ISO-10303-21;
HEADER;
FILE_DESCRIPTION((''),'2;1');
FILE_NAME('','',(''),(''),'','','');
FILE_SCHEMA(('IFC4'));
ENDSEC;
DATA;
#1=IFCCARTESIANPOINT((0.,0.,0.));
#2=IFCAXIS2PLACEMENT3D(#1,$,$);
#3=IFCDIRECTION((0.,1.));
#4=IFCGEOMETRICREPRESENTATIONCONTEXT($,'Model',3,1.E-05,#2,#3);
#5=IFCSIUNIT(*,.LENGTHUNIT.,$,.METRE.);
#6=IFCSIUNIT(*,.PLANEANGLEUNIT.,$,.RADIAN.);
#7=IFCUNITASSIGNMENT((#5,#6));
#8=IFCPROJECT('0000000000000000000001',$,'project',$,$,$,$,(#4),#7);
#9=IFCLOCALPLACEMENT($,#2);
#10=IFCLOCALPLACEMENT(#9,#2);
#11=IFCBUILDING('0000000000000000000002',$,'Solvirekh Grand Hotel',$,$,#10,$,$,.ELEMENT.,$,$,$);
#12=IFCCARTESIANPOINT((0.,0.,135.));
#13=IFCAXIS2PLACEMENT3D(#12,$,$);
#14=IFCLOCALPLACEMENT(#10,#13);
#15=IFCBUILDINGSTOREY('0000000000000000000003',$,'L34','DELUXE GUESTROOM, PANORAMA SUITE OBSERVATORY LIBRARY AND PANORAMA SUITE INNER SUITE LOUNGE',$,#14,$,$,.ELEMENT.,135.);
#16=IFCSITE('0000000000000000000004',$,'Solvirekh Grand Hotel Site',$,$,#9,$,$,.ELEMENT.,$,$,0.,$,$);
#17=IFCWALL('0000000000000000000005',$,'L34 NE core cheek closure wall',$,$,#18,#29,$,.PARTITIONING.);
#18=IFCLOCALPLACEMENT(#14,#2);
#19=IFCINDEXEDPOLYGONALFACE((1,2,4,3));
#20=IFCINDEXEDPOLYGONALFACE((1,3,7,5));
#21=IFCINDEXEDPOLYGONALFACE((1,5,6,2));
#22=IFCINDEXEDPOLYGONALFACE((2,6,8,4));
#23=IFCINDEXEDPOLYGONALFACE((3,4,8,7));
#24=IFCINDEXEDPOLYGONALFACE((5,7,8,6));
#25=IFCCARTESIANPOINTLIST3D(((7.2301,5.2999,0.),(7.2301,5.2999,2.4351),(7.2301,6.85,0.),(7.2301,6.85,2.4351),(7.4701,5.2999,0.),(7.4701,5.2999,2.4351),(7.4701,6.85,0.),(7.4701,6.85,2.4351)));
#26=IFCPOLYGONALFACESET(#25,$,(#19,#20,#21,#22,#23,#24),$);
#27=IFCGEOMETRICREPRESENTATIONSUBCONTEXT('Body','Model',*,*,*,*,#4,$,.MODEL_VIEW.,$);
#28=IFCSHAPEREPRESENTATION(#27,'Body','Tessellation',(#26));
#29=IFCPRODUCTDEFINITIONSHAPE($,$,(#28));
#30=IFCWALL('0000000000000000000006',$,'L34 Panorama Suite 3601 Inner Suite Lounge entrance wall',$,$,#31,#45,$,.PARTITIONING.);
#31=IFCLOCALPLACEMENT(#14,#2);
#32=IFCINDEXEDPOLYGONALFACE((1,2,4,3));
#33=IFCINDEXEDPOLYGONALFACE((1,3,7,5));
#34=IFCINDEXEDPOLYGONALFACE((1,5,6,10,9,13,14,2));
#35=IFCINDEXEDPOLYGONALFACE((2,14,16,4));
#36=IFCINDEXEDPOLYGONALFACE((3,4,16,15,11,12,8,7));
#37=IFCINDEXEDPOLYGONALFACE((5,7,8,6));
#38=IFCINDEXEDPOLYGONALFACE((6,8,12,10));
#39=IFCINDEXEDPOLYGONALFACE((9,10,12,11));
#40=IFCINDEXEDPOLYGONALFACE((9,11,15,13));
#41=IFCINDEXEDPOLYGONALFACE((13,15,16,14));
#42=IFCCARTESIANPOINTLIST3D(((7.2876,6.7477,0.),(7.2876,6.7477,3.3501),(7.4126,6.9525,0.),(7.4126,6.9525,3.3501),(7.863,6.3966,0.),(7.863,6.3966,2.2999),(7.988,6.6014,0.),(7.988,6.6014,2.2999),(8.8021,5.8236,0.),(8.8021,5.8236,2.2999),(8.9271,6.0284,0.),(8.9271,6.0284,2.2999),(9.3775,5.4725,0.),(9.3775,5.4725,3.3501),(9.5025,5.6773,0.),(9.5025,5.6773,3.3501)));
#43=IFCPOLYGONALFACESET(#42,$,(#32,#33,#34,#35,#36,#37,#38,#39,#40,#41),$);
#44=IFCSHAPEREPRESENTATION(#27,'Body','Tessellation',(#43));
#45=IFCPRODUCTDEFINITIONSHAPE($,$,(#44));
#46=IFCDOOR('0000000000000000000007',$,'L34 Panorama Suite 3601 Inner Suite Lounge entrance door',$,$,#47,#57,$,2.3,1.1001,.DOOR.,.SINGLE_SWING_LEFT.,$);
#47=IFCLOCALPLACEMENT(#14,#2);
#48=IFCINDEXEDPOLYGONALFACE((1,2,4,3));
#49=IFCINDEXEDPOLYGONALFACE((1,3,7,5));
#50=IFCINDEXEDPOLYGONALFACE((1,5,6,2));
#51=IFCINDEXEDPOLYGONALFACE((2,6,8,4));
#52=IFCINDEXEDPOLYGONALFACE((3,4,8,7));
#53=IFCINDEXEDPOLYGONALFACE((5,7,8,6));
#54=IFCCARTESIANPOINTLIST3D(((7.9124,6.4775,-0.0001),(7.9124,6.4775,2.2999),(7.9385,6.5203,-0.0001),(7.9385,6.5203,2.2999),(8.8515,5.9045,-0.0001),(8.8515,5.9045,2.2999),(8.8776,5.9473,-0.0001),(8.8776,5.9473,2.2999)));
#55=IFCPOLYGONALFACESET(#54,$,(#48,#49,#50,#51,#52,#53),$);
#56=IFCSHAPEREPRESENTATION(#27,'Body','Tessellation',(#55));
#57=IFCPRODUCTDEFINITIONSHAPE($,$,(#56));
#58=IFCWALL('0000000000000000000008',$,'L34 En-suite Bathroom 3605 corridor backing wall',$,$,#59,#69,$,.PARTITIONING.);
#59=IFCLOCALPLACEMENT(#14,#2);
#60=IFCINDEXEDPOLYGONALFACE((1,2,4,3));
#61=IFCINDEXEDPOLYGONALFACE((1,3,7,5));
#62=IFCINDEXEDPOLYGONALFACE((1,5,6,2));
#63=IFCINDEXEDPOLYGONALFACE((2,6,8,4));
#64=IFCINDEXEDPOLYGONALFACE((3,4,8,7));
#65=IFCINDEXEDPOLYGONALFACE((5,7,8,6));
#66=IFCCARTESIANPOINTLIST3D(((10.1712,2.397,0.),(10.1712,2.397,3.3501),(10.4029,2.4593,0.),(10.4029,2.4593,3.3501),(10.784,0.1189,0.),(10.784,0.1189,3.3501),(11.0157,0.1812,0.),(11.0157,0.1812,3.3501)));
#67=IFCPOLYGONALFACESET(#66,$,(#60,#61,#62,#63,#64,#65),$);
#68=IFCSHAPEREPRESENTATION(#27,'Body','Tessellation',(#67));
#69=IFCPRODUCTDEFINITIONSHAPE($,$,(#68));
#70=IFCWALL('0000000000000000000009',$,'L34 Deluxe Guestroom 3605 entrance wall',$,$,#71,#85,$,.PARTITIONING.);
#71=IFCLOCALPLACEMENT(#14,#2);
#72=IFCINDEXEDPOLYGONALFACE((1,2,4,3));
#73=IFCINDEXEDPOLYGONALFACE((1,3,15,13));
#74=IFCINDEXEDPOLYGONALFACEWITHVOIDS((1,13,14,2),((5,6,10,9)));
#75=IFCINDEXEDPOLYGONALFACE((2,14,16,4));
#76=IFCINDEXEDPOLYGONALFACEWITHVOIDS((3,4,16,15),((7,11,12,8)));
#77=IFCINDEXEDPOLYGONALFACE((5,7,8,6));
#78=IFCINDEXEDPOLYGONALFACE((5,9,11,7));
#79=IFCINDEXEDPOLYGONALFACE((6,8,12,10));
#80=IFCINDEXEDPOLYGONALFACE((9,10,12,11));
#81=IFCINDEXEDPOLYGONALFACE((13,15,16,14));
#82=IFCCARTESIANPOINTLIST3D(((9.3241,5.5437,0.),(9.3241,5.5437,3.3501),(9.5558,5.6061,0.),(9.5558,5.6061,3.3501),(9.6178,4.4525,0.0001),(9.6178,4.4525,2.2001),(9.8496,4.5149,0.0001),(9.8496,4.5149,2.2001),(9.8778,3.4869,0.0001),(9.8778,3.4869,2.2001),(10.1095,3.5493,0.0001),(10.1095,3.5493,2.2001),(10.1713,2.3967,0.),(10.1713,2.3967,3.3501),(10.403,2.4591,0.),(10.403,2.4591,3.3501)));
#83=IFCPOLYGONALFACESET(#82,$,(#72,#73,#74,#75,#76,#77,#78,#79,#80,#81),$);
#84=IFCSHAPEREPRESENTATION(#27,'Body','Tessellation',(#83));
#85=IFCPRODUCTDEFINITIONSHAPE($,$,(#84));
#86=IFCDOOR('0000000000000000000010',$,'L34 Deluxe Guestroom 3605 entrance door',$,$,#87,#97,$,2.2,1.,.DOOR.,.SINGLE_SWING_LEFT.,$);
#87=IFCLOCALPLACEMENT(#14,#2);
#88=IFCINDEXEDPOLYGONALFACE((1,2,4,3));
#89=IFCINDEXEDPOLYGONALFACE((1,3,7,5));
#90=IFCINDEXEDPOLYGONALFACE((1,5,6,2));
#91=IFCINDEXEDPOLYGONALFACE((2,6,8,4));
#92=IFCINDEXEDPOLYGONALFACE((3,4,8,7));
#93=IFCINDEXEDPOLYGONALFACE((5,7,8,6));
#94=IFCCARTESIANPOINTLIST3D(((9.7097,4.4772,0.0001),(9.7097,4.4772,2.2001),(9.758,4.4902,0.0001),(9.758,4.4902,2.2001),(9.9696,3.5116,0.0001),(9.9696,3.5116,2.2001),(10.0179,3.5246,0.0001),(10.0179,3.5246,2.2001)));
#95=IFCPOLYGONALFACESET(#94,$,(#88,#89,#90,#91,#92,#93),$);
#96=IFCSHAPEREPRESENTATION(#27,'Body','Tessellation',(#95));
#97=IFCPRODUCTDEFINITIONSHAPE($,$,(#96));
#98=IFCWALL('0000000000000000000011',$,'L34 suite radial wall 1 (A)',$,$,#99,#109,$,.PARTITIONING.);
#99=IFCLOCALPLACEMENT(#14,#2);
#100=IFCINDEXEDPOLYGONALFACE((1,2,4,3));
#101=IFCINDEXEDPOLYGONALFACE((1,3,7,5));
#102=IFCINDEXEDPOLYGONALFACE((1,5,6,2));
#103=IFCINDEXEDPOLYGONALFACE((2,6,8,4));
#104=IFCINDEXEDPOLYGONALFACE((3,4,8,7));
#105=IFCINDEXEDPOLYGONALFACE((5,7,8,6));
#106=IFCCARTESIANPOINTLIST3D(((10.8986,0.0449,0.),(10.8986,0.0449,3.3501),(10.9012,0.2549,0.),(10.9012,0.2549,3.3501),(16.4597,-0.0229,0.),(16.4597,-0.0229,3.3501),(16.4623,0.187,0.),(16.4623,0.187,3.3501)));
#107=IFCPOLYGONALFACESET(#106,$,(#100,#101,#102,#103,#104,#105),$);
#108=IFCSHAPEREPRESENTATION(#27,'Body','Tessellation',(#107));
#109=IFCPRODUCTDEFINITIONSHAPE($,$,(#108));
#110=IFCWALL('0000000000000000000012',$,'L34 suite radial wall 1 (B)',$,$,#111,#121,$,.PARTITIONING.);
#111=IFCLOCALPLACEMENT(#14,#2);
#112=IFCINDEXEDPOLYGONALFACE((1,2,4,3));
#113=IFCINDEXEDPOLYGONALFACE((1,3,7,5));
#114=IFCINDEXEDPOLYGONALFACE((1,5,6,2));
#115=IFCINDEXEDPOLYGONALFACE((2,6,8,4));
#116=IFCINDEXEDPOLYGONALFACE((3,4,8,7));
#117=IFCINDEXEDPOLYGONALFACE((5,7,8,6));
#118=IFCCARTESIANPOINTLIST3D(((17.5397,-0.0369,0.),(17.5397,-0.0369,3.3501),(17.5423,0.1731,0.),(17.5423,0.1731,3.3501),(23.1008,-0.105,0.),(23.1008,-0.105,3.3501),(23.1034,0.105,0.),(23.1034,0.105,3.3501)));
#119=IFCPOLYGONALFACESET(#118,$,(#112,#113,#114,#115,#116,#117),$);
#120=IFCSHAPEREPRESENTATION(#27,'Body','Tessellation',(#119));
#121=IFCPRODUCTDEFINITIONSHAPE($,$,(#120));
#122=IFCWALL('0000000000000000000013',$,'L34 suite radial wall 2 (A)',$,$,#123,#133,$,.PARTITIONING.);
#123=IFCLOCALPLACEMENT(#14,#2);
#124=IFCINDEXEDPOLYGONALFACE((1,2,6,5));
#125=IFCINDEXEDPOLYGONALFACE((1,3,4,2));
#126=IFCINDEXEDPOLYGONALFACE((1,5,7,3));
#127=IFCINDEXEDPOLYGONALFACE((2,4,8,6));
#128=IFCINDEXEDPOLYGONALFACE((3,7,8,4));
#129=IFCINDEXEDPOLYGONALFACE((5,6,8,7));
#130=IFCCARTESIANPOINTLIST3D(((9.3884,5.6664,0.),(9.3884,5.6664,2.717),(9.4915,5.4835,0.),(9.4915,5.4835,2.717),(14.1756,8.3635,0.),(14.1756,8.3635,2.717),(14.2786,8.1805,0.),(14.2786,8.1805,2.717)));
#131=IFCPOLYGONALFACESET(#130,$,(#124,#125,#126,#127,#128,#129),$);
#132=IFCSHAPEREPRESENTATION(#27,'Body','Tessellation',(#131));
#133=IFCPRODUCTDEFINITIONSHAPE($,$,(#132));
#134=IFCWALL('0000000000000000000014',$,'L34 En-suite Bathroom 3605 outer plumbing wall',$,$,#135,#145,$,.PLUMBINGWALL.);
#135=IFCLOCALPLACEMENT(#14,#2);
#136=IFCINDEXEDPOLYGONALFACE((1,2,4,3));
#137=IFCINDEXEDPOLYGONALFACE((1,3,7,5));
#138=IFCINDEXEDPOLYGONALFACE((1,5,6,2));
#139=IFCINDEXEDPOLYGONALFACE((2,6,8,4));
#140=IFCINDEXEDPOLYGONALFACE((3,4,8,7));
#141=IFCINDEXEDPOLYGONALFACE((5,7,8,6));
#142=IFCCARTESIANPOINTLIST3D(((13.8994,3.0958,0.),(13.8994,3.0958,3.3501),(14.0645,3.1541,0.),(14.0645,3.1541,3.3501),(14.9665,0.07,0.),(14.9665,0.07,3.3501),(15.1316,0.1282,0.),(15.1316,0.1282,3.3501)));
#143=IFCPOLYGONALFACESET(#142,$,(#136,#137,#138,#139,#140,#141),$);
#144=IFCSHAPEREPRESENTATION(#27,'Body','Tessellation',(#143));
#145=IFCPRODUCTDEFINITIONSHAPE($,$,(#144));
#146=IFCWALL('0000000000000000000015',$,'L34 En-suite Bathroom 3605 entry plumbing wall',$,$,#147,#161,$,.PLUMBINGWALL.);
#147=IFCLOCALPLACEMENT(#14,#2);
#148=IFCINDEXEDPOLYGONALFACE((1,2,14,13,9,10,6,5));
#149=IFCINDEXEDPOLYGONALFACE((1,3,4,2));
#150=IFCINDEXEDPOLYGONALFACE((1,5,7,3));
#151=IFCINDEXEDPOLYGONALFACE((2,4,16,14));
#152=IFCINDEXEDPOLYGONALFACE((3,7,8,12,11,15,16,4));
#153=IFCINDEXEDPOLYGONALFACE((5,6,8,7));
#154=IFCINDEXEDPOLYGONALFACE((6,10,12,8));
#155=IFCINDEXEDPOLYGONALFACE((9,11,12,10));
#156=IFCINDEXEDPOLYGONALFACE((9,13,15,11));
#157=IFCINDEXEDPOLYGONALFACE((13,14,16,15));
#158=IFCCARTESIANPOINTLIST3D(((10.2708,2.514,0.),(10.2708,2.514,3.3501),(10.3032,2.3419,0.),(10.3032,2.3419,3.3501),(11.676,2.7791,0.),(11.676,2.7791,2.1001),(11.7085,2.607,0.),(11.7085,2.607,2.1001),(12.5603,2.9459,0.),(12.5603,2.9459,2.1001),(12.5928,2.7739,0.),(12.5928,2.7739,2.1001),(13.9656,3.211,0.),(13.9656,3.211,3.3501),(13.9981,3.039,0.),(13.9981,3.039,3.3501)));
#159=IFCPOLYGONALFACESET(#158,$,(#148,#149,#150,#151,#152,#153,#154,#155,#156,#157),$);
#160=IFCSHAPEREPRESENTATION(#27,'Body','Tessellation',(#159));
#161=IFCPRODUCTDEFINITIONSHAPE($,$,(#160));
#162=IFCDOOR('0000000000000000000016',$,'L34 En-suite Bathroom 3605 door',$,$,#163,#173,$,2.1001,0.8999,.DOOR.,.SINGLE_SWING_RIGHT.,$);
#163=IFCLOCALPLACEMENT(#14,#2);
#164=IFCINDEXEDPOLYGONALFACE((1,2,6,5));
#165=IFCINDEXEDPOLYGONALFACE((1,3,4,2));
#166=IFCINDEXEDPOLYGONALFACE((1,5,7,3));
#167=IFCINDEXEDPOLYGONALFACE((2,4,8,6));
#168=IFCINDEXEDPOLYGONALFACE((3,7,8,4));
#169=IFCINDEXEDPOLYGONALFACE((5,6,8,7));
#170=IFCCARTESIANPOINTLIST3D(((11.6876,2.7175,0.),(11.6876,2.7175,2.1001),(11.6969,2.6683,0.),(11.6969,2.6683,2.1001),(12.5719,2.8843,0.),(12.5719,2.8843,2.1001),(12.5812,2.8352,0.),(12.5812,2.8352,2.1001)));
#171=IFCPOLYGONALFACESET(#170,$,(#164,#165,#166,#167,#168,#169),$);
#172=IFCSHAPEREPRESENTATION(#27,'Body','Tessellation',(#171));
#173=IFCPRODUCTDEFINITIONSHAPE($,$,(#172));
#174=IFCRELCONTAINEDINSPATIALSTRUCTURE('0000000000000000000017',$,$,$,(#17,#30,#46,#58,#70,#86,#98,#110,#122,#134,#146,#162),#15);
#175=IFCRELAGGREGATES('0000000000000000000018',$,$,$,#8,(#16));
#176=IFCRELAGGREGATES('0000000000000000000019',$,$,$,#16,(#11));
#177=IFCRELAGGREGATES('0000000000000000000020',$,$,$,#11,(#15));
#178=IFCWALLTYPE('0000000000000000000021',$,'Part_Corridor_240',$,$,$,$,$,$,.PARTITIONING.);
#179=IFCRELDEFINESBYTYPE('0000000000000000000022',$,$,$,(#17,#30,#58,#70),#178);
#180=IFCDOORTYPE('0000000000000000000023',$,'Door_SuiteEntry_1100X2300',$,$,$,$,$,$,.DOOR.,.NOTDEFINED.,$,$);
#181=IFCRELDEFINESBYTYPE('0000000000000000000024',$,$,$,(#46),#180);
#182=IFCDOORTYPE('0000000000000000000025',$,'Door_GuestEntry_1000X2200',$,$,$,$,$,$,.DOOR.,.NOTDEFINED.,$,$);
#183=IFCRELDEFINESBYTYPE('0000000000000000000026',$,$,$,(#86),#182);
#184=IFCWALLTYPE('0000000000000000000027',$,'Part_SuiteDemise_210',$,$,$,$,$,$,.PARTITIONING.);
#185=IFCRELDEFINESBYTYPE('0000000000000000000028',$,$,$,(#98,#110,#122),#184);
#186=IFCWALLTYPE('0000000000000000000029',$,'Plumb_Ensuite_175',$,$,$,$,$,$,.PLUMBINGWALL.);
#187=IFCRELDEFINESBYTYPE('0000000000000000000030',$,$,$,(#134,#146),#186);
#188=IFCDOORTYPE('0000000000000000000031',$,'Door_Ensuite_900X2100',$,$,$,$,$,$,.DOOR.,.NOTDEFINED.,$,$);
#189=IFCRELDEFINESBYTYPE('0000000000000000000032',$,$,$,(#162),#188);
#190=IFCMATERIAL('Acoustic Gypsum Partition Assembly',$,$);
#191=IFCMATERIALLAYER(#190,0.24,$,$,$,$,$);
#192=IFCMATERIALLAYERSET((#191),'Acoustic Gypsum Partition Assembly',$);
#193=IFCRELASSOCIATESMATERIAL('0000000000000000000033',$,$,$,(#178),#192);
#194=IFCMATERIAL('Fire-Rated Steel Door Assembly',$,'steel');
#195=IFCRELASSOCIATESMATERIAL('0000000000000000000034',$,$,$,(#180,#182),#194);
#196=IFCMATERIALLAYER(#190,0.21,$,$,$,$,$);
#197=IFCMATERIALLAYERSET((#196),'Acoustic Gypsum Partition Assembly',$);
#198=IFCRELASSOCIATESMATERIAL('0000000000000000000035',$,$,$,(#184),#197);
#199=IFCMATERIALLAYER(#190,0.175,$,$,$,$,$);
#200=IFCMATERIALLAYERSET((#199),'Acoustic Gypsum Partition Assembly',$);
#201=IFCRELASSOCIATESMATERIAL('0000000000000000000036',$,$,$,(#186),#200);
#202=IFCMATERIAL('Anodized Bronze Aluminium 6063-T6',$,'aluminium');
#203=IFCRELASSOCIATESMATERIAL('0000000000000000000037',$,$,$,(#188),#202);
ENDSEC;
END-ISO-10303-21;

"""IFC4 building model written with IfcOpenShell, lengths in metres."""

from ifc_helpers import new_model, si_unit, direction, frame, frame_2d, origin, place, context, subcontext, project, spatial, rectangle, extrude, material, layer, layer_set, type_object, element, fill, save


model = new_model("IFC4")

# Units and contexts
model_context = context("Model", 3, precision=1e-05, world=origin(), true_north=direction((0.0, 1.0)))
body_context = subcontext(model_context, "Body", "Model", "MODEL_VIEW")
ifc_project = project(units=[si_unit("LENGTHUNIT", "METRE"), si_unit("PLANEANGLEUNIT", "RADIAN")], contexts=[model_context])

# Site, building, storey
site_placement = place(None, origin())
site = spatial("IfcSite", under=ifc_project, at=site_placement, Name="Solvirekh Grand Hotel Site", CompositionType="ELEMENT", RefElevation=0.0)
building_placement = place(site_placement, origin())
building = spatial("IfcBuilding", under=site, at=building_placement, Name="Solvirekh Grand Hotel", CompositionType="ELEMENT")
storey_placement = place(building_placement, frame((0.0, 0.0, 135.0)))
storey = spatial("IfcBuildingStorey", under=building, at=storey_placement, Name="L34", Description="DELUXE GUESTROOM, PANORAMA SUITE OBSERVATORY LIBRARY AND PANORAMA SUITE INNER SUITE LOUNGE", CompositionType="ELEMENT", Elevation=135.0)

# Shared definitions
ifc_material_1 = material(Name="Anodized Bronze Aluminium 6063-T6", Category="aluminium")

# Wall
ifc_material_2 = material(Name="Acoustic Gypsum Partition Assembly")
ifc_layer_1 = layer(ifc_material_2, 0.24)
ifc_layer_set_1 = layer_set([ifc_layer_1], Name="Acoustic Gypsum Partition Assembly")
wall_type_1 = type_object("IfcWallType", Name="Part_Corridor_240", PredefinedType="PARTITIONING", material=ifc_layer_set_1)
wall_1_placement = place(storey_placement, frame((7.3501, 5.3, 0.0), z_axis=(0.0, 0.0, 1.0), x_axis=(0.0, 1.0, 0.0)))
element("IfcWall", 1, at=wall_1_placement, inside=storey, type_object=wall_type_1, Name="L34 NE core cheek closure wall", PredefinedType="PARTITIONING", context=body_context, shape_type="SweptSolid", body=[
    extrude(rectangle(XDim=1.55, YDim=0.24, at=frame_2d((0.7749, 0.0))), origin(), (0.0, 0.0, 1.0), 2.4351),
])

# Wall, opening, door
wall_2_placement = place(storey_placement, frame((7.3501, 6.8501, 0.0), z_axis=(0.0, 0.0, 1.0), x_axis=(0.853642, -0.520861, 0.0)))
wall_2 = element("IfcWall", 2, at=wall_2_placement, inside=storey, type_object=wall_type_1, Name="L34 Panorama Suite 3601 Inner Suite Lounge entrance wall", PredefinedType="PARTITIONING", context=body_context, shape_type="SweptSolid", body=[
    extrude(rectangle(XDim=2.4482, YDim=0.24, at=frame_2d((1.2241, 0.0))), origin(), (0.0, 0.0, 1.0), 3.3501),
])
opening_1_placement = place(wall_2_placement, frame((0.6741, 0.0, 0.0)))
opening_1 = element("IfcOpeningElement", 3, at=opening_1_placement, cuts=wall_2, PredefinedType="OPENING", context=body_context, shape_type="SweptSolid", body=[
    extrude(rectangle(XDim=1.1001, YDim=2.3, at=frame_2d((0.55, 1.1499))), frame((0.0, 0.1299, 0.0), z_axis=(0.0, -1.0, 0.0), x_axis=(1.0, 0.0, 0.0)), (0.0, 0.0, 1.0), 0.26),
])
ifc_material_3 = material(Name="Fire-Rated Steel Door Assembly", Category="steel")
door_type_1 = type_object("IfcDoorType", Name="Door_SuiteEntry_1100X2300", OperationType="NOTDEFINED", PredefinedType="DOOR", material=ifc_material_3)
door_1_placement = place(opening_1_placement, origin())
door_1 = element("IfcDoor", 4, at=door_1_placement, inside=storey, type_object=door_type_1, Name="L34 Panorama Suite 3601 Inner Suite Lounge entrance door", OperationType="SINGLE_SWING_LEFT", OverallHeight=2.3, OverallWidth=1.1001, PredefinedType="DOOR", context=body_context, shape_type="SweptSolid", body=[
    extrude(rectangle(XDim=1.1001, YDim=2.3, at=frame_2d((0.55, 1.1499))), frame((0.0, 0.0249, 0.0), z_axis=(0.0, -1.0, 0.0), x_axis=(1.0, 0.0, 0.0)), (0.0, 0.0, 1.0), 0.05),
])
fill(opening_1, door_1)

# Wall
wall_3_placement = place(storey_placement, frame((10.8999, 0.1499, 0.0), z_axis=(0.0, 0.0, 1.0), x_axis=(-0.259762, 0.965673, 0.0)))
element("IfcWall", 5, at=wall_3_placement, inside=storey, type_object=wall_type_1, Name="L34 En-suite Bathroom 3605 corridor backing wall", PredefinedType="PARTITIONING", context=body_context, shape_type="SweptSolid", body=[
    extrude(rectangle(XDim=2.3591, YDim=0.24, at=frame_2d((1.1797, 0.0))), origin(), (0.0, 0.0, 1.0), 3.3501),
])

# Wall, opening, door
wall_4_placement = place(storey_placement, frame((10.2871, 2.428, 0.0), z_axis=(0.0, 0.0, 1.0), x_axis=(-0.259947, 0.965623, 0.0)))
wall_4 = element("IfcWall", 6, at=wall_4_placement, inside=storey, type_object=wall_type_1, Name="L34 Deluxe Guestroom 3605 entrance wall", PredefinedType="PARTITIONING", context=body_context, shape_type="SweptSolid", body=[
    extrude(rectangle(XDim=3.259, YDim=0.24, at=frame_2d((1.6294, 0.0))), origin(), (0.0, 0.0, 1.0), 3.3501),
])
opening_2_placement = place(wall_4_placement, frame((1.1289, 0.0, 0.0)))
opening_2 = element("IfcOpeningElement", 7, at=opening_2_placement, cuts=wall_4, PredefinedType="OPENING", context=body_context, shape_type="SweptSolid", body=[
    extrude(rectangle(XDim=1.0, YDim=2.2, at=frame_2d((0.5, 1.1001))), frame((0.0, 0.1299, 0.0), z_axis=(0.0, -1.0, 0.0), x_axis=(1.0, 0.0, 0.0)), (0.0, 0.0, 1.0), 0.26),
])
door_type_2 = type_object("IfcDoorType", Name="Door_GuestEntry_1000X2200", OperationType="NOTDEFINED", PredefinedType="DOOR", material=ifc_material_3)
door_2_placement = place(opening_2_placement, origin())
door_2 = element("IfcDoor", 8, at=door_2_placement, inside=storey, type_object=door_type_2, Name="L34 Deluxe Guestroom 3605 entrance door", OperationType="SINGLE_SWING_LEFT", OverallHeight=2.2, OverallWidth=1.0, PredefinedType="DOOR", context=body_context, shape_type="SweptSolid", body=[
    extrude(rectangle(XDim=1.0, YDim=2.2, at=frame_2d((0.5, 1.1001))), frame((0.0, 0.0249, 0.0), z_axis=(0.0, -1.0, 0.0), x_axis=(1.0, 0.0, 0.0)), (0.0, 0.0, 1.0), 0.05),
])
fill(opening_2, door_2)

# Walls
ifc_layer_2 = layer(ifc_material_2, 0.21)
ifc_layer_set_2 = layer_set([ifc_layer_2], Name="Acoustic Gypsum Partition Assembly")
wall_type_2 = type_object("IfcWallType", Name="Part_SuiteDemise_210", PredefinedType="PARTITIONING", material=ifc_layer_set_2)
for number, where, z_axis, x_axis, name in (
    (9, (10.8999, 0.1499, 0.0), (0.0, 0.0, 1.0), (0.999926, -0.012204, 0.0), "L34 suite radial wall 1 (A)"),
    (10, (17.541, 0.0681, 0.0), (0.0, 0.0, 1.0), (0.999925, -0.012248, 0.0), "L34 suite radial wall 1 (B)"),
):
    element("IfcWall", number, at=place(storey_placement, frame(where, z_axis=z_axis, x_axis=x_axis)), inside=storey, type_object=wall_type_2, Name=name, PredefinedType="PARTITIONING", context=body_context, shape_type="SweptSolid", body=[
        extrude(rectangle(XDim=5.5615, YDim=0.21, at=frame_2d((2.7808, 0.0))), origin(), (0.0, 0.0, 1.0), 3.3501),
    ])
wall_5_placement = place(storey_placement, frame((9.4399, 5.575, 0.0), z_axis=(0.0, 0.0, 1.0), x_axis=(0.871243, 0.490852, 0.0)))
element("IfcWall", 11, at=wall_5_placement, inside=storey, type_object=wall_type_2, Name="L34 suite radial wall 2 (A)", PredefinedType="PARTITIONING", context=body_context, shape_type="SweptSolid", body=[
    extrude(rectangle(XDim=5.4946, YDim=0.21, at=frame_2d((2.7473, 0.0))), origin(), (0.0, 0.0, 1.0), 2.717),
])
ifc_layer_3 = layer(ifc_material_2, 0.175)
ifc_layer_set_3 = layer_set([ifc_layer_3], Name="Acoustic Gypsum Partition Assembly")
wall_type_3 = type_object("IfcWallType", Name="Plumb_Ensuite_175", PredefinedType="PLUMBINGWALL", material=ifc_layer_set_3)
wall_6_placement = place(storey_placement, frame((15.0491, 0.0991, 0.0), z_axis=(0.0, 0.0, 1.0), x_axis=(-0.332593, 0.94307, 0.0)))
element("IfcWall", 12, at=wall_6_placement, inside=storey, type_object=wall_type_3, Name="L34 En-suite Bathroom 3605 outer plumbing wall", PredefinedType="PLUMBINGWALL", context=body_context, shape_type="SweptSolid", body=[
    extrude(rectangle(XDim=3.2085, YDim=0.175, at=frame_2d((1.6042, 0.0))), origin(), (0.0, 0.0, 1.0), 3.3501),
])

# Wall, opening, door
wall_7_placement = place(storey_placement, frame((10.2871, 2.428, 0.0), z_axis=(0.0, 0.0, 1.0), x_axis=(0.982667, 0.185378, 0.0)))
wall_7 = element("IfcWall", 13, at=wall_7_placement, inside=storey, type_object=wall_type_3, Name="L34 En-suite Bathroom 3605 entry plumbing wall", PredefinedType="PLUMBINGWALL", context=body_context, shape_type="SweptSolid", body=[
    extrude(rectangle(XDim=3.76, YDim=0.175, at=frame_2d((1.8799, 0.0))), origin(), (0.0, 0.0, 1.0), 3.3501),
])
opening_3_placement = place(wall_7_placement, frame((1.4299, 0.0, 0.0)))
opening_3 = element("IfcOpeningElement", 14, at=opening_3_placement, cuts=wall_7, PredefinedType="OPENING", context=body_context, shape_type="SweptSolid", body=[
    extrude(rectangle(XDim=0.8999, YDim=2.1001, at=frame_2d((0.45, 1.05))), frame((0.0, 0.0977, 0.0), z_axis=(0.0, -1.0, 0.0), x_axis=(1.0, 0.0, 0.0)), (0.0, 0.0, 1.0), 0.1951),
])
door_type_3 = type_object("IfcDoorType", Name="Door_Ensuite_900X2100", OperationType="NOTDEFINED", PredefinedType="DOOR", material=ifc_material_1)
door_3_placement = place(opening_3_placement, origin())
door_3 = element("IfcDoor", 15, at=door_3_placement, inside=storey, type_object=door_type_3, Name="L34 En-suite Bathroom 3605 door", OperationType="SINGLE_SWING_RIGHT", OverallHeight=2.1001, OverallWidth=0.8999, PredefinedType="DOOR", context=body_context, shape_type="SweptSolid", body=[
    extrude(rectangle(XDim=0.8999, YDim=2.1001, at=frame_2d((0.45, 1.05))), frame((0.0, 0.0249, 0.0), z_axis=(0.0, -1.0, 0.0), x_axis=(1.0, 0.0, 0.0)), (0.0, 0.0, 1.0), 0.05),
])
fill(opening_3, door_3)

save(model, "model.ifc")
